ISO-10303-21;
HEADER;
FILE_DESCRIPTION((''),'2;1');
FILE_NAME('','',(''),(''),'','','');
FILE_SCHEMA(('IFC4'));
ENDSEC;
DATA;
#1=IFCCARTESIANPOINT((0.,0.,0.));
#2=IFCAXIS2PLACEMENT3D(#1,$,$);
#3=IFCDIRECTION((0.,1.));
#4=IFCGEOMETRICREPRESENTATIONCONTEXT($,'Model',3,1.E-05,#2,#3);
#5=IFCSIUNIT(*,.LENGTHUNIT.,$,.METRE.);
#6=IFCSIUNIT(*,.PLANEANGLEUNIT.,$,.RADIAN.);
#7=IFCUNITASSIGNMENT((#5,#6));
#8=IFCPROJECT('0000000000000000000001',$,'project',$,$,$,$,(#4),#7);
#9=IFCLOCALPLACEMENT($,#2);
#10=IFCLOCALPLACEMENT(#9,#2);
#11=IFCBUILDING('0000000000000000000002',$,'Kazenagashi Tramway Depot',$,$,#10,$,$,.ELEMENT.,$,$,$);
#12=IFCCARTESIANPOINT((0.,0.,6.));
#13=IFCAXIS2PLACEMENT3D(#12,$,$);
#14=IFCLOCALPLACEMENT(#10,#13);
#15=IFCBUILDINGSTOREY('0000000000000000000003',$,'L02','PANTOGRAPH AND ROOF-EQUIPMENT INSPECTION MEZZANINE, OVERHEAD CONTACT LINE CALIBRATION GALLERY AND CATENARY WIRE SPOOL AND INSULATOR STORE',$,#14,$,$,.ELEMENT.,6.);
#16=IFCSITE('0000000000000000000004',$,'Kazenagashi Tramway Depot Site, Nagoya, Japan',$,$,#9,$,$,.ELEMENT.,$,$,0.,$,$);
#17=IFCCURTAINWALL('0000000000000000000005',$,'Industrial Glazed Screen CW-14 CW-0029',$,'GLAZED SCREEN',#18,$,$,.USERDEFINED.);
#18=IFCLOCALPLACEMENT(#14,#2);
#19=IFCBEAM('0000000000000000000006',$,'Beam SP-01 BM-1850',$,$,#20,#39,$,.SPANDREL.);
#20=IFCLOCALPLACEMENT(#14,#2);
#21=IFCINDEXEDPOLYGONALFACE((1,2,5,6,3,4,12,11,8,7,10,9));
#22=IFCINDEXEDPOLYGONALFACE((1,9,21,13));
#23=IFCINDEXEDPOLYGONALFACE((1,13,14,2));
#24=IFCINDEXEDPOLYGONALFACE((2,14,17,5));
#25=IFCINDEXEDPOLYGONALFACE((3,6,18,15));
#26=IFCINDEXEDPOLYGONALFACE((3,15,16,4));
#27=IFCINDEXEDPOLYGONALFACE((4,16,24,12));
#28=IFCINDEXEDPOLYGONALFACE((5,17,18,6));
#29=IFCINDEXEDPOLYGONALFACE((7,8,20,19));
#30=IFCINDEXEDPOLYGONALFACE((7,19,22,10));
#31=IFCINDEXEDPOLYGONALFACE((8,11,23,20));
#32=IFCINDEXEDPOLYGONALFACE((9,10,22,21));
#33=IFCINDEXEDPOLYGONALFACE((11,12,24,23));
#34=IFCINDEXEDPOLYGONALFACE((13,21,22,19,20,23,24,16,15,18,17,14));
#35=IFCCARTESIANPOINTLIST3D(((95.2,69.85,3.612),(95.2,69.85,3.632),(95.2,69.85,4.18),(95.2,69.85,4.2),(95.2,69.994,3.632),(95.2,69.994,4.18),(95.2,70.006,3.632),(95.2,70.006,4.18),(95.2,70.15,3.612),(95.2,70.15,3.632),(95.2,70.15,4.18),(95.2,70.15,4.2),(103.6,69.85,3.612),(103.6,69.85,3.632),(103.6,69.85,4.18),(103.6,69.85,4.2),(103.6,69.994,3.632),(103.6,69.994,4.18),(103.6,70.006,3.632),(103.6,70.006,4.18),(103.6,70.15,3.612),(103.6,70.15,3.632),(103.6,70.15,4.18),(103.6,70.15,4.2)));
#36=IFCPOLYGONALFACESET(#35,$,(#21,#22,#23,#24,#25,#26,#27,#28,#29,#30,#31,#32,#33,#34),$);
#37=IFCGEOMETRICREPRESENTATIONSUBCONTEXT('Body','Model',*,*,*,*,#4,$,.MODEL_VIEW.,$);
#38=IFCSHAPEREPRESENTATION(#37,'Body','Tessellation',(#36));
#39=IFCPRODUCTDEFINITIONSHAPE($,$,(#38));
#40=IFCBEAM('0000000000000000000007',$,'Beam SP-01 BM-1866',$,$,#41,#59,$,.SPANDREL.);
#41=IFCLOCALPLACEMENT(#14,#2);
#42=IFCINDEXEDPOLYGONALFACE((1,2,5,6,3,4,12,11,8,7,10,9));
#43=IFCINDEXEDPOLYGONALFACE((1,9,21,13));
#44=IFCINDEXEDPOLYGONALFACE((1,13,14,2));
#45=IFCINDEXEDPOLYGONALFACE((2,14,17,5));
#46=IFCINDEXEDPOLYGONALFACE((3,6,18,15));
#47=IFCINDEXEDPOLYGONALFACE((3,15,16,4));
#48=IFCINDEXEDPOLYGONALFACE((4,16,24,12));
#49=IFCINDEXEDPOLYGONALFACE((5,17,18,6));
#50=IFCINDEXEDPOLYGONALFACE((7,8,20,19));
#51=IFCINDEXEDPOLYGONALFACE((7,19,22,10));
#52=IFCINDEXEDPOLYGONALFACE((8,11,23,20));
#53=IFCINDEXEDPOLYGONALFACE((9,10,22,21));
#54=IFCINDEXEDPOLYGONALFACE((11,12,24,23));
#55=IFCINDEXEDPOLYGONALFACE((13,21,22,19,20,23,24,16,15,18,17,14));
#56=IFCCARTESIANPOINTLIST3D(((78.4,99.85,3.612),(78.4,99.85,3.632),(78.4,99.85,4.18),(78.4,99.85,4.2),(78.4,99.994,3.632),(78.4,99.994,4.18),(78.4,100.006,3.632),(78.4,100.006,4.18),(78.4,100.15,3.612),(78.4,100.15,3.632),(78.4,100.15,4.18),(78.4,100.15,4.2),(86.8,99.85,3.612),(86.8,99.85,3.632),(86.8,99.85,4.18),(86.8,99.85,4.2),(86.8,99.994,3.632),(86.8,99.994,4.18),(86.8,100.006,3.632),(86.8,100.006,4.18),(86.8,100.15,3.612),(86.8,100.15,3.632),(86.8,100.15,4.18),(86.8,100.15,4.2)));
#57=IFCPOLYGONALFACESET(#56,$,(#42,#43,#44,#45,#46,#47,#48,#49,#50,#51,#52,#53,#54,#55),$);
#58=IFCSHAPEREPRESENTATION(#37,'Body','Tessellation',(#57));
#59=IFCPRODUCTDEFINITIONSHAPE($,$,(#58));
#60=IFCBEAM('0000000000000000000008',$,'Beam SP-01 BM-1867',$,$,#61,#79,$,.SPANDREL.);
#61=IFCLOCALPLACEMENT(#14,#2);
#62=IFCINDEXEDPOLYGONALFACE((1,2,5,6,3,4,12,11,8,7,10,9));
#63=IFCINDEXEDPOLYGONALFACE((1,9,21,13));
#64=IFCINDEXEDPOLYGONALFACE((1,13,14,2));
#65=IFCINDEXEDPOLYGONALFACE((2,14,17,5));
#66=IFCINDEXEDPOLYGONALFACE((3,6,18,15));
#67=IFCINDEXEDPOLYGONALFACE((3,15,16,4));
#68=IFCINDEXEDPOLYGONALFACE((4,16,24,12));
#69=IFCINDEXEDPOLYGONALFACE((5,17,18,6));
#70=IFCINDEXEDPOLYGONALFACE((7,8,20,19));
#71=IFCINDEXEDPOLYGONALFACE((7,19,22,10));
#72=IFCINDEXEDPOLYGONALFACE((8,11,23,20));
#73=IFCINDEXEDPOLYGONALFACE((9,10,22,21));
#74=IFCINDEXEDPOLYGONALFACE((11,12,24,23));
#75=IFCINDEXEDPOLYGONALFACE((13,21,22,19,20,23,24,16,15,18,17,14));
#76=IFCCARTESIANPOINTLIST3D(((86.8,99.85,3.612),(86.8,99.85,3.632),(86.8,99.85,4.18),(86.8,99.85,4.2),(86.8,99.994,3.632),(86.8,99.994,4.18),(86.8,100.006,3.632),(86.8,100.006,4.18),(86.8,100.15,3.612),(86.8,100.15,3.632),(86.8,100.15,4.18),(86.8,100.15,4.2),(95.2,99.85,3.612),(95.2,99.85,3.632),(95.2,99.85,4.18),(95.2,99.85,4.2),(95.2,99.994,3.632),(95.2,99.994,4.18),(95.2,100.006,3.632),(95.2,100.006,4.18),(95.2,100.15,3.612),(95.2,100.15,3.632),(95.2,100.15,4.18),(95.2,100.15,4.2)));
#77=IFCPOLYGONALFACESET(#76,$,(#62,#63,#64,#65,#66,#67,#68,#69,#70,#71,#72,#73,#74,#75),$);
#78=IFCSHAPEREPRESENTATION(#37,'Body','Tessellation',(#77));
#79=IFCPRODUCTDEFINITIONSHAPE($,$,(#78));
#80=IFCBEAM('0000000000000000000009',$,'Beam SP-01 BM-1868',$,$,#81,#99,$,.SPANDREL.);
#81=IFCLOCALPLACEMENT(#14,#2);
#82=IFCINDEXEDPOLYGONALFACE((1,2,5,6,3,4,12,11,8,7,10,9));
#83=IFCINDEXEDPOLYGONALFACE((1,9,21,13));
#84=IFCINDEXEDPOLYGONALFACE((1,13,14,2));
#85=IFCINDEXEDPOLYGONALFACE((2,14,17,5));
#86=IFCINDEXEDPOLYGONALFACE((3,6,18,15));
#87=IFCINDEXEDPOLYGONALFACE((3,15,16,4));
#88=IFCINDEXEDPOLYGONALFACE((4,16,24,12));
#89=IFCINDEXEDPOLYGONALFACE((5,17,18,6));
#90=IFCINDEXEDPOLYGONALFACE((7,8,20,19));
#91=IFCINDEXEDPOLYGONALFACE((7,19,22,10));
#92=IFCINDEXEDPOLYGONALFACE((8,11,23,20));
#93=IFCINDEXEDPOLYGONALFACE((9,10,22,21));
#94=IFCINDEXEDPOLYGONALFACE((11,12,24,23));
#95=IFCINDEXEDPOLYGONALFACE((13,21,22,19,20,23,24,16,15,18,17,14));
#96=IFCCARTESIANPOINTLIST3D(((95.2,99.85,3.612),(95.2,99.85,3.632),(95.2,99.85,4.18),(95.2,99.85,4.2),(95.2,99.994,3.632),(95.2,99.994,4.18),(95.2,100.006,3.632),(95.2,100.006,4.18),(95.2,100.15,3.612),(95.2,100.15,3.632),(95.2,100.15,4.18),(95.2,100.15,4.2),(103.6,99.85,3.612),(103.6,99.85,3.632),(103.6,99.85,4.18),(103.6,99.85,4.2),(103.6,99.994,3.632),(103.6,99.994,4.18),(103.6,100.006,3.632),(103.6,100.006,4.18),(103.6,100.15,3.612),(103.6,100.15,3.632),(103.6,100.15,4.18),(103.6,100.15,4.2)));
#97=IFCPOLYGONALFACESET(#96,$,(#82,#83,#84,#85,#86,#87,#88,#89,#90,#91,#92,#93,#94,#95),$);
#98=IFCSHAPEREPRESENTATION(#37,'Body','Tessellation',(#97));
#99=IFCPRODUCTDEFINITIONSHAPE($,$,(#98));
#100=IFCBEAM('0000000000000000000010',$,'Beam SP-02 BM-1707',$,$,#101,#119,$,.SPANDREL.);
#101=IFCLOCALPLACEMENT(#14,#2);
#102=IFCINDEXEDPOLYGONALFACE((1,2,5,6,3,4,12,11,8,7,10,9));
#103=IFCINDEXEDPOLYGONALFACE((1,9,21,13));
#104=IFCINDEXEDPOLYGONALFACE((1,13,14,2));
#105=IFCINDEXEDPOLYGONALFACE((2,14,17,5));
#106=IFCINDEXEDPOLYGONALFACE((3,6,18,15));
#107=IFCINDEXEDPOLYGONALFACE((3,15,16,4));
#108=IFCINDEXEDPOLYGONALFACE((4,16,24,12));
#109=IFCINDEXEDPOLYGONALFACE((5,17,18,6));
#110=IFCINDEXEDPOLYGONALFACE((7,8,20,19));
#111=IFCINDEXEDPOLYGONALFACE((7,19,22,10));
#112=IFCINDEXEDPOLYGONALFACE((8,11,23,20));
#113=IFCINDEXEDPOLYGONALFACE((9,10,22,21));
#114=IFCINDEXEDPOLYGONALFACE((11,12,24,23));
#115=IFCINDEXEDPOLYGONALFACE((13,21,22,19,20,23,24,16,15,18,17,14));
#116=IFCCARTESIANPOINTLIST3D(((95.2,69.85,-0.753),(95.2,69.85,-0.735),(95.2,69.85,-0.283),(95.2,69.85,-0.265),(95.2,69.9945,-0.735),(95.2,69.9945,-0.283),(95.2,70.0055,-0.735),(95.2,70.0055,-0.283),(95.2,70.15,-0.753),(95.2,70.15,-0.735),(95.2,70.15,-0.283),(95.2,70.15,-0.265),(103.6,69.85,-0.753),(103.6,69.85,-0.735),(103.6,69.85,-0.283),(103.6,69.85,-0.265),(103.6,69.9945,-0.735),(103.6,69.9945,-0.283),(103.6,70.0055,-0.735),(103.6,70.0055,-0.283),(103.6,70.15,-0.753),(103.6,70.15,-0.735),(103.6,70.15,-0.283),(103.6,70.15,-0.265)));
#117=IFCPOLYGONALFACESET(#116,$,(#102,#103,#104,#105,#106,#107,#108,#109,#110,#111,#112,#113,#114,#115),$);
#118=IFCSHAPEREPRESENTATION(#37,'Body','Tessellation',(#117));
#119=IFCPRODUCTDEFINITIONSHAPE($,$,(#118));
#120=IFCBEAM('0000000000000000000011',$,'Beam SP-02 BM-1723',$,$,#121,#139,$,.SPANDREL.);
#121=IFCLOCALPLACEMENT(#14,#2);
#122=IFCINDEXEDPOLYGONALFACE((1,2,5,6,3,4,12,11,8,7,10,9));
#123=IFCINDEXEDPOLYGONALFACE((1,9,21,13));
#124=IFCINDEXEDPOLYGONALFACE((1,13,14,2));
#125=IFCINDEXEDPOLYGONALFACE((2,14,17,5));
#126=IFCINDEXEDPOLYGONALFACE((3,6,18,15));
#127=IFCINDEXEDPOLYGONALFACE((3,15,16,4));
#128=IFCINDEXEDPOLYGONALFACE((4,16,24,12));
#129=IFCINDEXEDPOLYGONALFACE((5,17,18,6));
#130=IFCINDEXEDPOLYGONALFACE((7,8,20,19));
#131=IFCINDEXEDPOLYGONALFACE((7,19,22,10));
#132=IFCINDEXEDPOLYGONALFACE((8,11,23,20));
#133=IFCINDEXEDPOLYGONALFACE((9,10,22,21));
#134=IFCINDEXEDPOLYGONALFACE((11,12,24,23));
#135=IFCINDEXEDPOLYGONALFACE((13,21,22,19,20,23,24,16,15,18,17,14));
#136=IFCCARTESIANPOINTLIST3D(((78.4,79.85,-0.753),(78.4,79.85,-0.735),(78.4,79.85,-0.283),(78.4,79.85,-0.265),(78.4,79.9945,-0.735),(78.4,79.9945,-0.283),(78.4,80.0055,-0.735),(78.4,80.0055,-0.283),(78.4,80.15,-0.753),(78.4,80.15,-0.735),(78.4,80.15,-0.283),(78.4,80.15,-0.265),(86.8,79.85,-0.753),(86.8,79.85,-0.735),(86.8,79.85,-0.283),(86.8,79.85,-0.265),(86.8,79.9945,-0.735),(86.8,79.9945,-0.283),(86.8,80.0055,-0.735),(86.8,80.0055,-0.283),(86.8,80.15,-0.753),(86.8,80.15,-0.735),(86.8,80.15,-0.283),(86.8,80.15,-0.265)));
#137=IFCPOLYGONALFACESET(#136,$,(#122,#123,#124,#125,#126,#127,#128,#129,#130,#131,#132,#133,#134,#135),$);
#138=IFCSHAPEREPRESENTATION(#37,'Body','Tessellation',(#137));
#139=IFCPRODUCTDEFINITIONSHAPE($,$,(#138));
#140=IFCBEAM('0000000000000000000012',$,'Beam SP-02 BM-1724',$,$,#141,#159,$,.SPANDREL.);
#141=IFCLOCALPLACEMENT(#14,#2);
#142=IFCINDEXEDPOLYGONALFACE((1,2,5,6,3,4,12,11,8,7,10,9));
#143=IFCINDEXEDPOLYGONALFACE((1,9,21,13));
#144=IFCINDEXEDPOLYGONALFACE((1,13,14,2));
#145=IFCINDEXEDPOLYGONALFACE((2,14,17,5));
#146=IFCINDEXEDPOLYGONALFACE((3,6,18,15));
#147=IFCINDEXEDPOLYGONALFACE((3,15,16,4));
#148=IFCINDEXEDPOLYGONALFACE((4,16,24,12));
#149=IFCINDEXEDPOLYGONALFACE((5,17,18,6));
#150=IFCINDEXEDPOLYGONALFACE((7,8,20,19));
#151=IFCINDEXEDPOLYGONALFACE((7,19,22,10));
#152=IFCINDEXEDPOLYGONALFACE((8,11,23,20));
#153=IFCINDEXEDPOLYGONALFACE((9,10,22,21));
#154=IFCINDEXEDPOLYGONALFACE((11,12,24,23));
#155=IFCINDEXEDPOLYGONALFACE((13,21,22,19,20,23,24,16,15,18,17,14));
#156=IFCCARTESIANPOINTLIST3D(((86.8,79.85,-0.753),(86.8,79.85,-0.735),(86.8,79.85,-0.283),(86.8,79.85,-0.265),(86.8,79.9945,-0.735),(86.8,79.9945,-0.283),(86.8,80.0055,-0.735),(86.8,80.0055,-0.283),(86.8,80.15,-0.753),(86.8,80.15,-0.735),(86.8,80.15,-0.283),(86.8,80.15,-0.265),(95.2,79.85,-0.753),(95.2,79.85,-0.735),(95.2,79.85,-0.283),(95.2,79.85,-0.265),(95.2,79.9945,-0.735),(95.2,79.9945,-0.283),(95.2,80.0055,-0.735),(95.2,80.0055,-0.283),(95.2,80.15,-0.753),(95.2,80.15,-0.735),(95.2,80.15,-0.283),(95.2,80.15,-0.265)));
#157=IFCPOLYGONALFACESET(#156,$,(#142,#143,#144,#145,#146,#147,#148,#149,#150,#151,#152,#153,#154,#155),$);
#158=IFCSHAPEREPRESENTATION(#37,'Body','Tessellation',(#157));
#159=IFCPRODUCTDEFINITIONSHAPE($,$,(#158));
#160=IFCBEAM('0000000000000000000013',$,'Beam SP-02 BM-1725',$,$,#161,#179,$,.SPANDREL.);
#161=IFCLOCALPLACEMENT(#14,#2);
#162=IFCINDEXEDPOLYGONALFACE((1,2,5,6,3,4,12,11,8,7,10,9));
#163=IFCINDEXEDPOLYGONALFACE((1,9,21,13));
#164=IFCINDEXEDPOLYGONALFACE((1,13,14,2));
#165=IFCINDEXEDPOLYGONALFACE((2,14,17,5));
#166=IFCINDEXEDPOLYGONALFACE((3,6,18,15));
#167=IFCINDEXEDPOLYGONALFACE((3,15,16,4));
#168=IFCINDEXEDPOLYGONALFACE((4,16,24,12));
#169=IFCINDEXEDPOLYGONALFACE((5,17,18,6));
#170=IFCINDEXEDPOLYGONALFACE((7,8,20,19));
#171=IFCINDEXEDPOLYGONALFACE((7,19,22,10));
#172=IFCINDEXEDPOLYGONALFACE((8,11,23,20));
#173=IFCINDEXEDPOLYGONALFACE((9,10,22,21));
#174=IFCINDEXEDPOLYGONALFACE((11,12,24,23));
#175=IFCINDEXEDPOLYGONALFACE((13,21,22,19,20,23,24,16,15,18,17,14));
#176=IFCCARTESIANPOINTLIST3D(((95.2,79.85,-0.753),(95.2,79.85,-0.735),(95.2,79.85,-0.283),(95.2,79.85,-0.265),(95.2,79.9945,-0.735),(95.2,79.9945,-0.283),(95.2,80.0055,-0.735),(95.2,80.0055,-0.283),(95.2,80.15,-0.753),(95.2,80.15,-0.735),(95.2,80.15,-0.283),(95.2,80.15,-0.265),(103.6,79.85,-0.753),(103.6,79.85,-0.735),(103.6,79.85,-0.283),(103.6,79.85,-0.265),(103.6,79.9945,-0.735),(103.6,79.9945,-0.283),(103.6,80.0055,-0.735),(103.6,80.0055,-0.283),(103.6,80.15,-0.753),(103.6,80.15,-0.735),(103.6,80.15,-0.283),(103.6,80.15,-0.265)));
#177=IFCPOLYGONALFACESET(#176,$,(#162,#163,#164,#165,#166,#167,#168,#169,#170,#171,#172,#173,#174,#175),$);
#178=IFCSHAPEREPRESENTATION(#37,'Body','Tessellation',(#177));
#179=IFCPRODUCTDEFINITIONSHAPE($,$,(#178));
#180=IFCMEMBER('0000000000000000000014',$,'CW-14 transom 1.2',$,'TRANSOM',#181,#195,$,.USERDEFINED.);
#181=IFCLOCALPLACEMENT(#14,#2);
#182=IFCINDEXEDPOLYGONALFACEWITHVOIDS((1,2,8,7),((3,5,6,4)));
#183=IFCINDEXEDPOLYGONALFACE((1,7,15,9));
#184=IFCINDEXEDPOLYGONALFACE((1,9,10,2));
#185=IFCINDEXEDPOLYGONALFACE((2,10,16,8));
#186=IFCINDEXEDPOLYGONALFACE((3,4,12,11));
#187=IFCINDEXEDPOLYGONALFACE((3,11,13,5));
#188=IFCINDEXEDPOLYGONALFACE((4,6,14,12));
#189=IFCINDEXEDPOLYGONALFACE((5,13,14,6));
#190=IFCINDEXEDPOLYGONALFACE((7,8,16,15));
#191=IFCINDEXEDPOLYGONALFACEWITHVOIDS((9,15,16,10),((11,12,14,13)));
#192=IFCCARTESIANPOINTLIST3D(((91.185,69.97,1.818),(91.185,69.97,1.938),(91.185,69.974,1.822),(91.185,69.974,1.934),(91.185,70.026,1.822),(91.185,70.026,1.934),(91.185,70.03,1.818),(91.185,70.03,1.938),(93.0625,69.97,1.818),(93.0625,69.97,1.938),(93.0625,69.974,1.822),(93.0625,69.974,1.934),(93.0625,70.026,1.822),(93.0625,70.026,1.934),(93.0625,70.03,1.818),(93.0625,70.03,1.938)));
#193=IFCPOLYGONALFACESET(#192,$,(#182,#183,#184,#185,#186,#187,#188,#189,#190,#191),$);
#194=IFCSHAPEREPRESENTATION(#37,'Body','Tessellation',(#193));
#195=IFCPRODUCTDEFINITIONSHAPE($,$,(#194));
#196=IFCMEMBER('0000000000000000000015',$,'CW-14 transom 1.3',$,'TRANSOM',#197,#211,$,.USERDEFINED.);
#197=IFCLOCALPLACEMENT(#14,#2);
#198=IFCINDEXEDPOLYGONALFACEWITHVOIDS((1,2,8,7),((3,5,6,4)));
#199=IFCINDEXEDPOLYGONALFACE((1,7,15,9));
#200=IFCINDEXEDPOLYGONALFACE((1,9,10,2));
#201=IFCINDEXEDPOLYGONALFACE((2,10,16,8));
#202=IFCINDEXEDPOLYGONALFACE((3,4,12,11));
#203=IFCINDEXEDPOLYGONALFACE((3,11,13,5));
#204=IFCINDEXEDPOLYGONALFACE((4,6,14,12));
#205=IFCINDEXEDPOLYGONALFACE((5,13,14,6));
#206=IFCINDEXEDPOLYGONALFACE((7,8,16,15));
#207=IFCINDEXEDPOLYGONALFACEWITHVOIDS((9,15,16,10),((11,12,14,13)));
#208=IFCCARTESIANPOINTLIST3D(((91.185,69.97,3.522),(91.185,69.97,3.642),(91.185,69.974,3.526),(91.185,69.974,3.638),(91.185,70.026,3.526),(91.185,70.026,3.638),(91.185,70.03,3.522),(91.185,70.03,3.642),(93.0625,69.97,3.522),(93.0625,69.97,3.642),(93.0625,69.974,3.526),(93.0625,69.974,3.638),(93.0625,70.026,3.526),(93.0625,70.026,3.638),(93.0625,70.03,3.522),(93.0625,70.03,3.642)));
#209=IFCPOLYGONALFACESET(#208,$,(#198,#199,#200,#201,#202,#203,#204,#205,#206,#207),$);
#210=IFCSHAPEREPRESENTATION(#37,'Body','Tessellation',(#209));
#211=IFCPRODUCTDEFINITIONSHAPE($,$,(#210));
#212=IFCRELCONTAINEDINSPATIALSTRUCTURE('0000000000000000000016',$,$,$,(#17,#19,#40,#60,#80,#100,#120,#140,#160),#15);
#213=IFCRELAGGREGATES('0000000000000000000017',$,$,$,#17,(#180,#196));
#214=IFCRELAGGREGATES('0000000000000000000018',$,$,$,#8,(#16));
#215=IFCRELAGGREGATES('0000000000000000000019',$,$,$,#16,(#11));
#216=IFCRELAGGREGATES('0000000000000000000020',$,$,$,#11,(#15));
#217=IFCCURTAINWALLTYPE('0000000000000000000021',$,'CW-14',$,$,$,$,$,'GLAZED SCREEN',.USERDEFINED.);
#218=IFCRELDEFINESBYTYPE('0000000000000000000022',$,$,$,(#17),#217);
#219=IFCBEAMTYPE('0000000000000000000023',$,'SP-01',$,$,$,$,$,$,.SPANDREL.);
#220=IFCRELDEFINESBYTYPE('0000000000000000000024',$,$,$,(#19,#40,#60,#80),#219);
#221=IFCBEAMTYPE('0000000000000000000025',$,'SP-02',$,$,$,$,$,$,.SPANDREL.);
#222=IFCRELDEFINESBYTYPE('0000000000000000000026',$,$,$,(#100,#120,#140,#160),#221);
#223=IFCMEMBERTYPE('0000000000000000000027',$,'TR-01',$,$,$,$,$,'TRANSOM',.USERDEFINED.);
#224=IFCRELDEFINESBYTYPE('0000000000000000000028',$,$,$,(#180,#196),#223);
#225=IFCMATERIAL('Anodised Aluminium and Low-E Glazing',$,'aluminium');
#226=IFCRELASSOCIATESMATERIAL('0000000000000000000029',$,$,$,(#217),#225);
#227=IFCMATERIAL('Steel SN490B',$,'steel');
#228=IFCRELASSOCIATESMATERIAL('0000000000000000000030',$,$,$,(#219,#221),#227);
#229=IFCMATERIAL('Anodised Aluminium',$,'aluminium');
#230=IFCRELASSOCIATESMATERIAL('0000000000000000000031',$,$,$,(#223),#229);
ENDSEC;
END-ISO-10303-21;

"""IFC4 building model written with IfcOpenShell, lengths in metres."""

from ifc_helpers import new_model, si_unit, direction, frame, origin, origin_2d, place, context, subcontext, project, spatial, hollow_rectangle, i_section, extrude, material, material_profile, profile_set, type_object, element, aggregate, save


model = new_model("IFC4")

# Units and contexts
model_context = context("Model", 3, precision=1e-05, world=origin(), true_north=direction((0.0, 1.0)))
body_context = subcontext(model_context, "Body", "Model", "MODEL_VIEW")
ifc_project = project(units=[si_unit("LENGTHUNIT", "METRE"), si_unit("PLANEANGLEUNIT", "RADIAN")], contexts=[model_context])

# Site, building, storey
site_placement = place(None, origin())
site = spatial("IfcSite", under=ifc_project, at=site_placement, Name="Kazenagashi Tramway Depot Site, Nagoya, Japan", CompositionType="ELEMENT", RefElevation=0.0)
building_placement = place(site_placement, origin())
building = spatial("IfcBuilding", under=site, at=building_placement, Name="Kazenagashi Tramway Depot", CompositionType="ELEMENT")
storey_placement = place(building_placement, frame((0.0, 0.0, 6.0)))
storey = spatial("IfcBuildingStorey", under=building, at=storey_placement, Name="L02", Description="PANTOGRAPH AND ROOF-EQUIPMENT INSPECTION MEZZANINE, OVERHEAD CONTACT LINE CALIBRATION GALLERY AND CATENARY WIRE SPOOL AND INSULATOR STORE", CompositionType="ELEMENT", Elevation=6.0)

# Shared definitions
ifc_material_1 = material(Name="Steel SN490B", Category="steel")

# Curtain wall
ifc_material_2 = material(Name="Anodised Aluminium and Low-E Glazing", Category="aluminium")
curtain_wall_type = type_object("IfcCurtainWallType", Name="CW-14", ElementType="GLAZED SCREEN", PredefinedType="USERDEFINED", material=ifc_material_2)
curtain_wall_placement = place(storey_placement, origin())
curtain_wall = element("IfcCurtainWall", 1, at=curtain_wall_placement, inside=storey, type_object=curtain_wall_type, Name="Industrial Glazed Screen CW-14 CW-0029", ObjectType="GLAZED SCREEN", PredefinedType="USERDEFINED")
ifc_material_3 = material(Name="Anodised Aluminium", Category="aluminium")

# Beams
ifc_material_profile_1 = material_profile(ifc_material_1, i_section(OverallWidth=0.3, OverallDepth=0.588, WebThickness=0.012, FlangeThickness=0.02, at=origin_2d()), Name="H-588x300x12x20")
ifc_profile_set_1 = profile_set([ifc_material_profile_1], Name="Steel SN490B")
beam_type_1 = type_object("IfcBeamType", Name="SP-01", PredefinedType="SPANDREL", material=ifc_profile_set_1)
for number, where, z_axis, x_axis, name in (
    (2, (95.2, 70.0, 3.906), (1.0, 0.0, 0.0), (0.0, 1.0, 0.0), "Beam SP-01 BM-1850"),
    (3, (78.4, 100.0, 3.906), (1.0, 0.0, 0.0), (0.0, 1.0, 0.0), "Beam SP-01 BM-1866"),
    (4, (86.8, 100.0, 3.906), (1.0, 0.0, 0.0), (0.0, 1.0, 0.0), "Beam SP-01 BM-1867"),
    (5, (95.2, 100.0, 3.906), (1.0, 0.0, 0.0), (0.0, 1.0, 0.0), "Beam SP-01 BM-1868"),
):
    element("IfcBeam", number, at=place(storey_placement, frame(where, z_axis=z_axis, x_axis=x_axis)), inside=storey, type_object=beam_type_1, Name=name, PredefinedType="SPANDREL", context=body_context, shape_type="SweptSolid", body=[
        extrude(i_section(OverallWidth=0.3, OverallDepth=0.588, WebThickness=0.012, FlangeThickness=0.02, at=origin_2d()), origin(), (0.0, 0.0, 1.0), 8.4),
    ])
ifc_material_profile_2 = material_profile(ifc_material_1, i_section(OverallWidth=0.3, OverallDepth=0.488, WebThickness=0.011, FlangeThickness=0.018, at=origin_2d()), Name="H-488x300x11x18")
ifc_profile_set_2 = profile_set([ifc_material_profile_2], Name="Steel SN490B")
beam_type_2 = type_object("IfcBeamType", Name="SP-02", PredefinedType="SPANDREL", material=ifc_profile_set_2)
for number, where, z_axis, x_axis, name in (
    (6, (95.2, 70.0, -0.509), (1.0, 0.0, 0.0), (0.0, 1.0, 0.0), "Beam SP-02 BM-1707"),
    (7, (78.4, 80.0, -0.509), (1.0, 0.0, 0.0), (0.0, 1.0, 0.0), "Beam SP-02 BM-1723"),
    (8, (86.8, 80.0, -0.509), (1.0, 0.0, 0.0), (0.0, 1.0, 0.0), "Beam SP-02 BM-1724"),
    (9, (95.2, 80.0, -0.509), (1.0, 0.0, 0.0), (0.0, 1.0, 0.0), "Beam SP-02 BM-1725"),
):
    element("IfcBeam", number, at=place(storey_placement, frame(where, z_axis=z_axis, x_axis=x_axis)), inside=storey, type_object=beam_type_2, Name=name, PredefinedType="SPANDREL", context=body_context, shape_type="SweptSolid", body=[
        extrude(i_section(OverallWidth=0.3, OverallDepth=0.488, WebThickness=0.011, FlangeThickness=0.018, at=origin_2d()), origin(), (0.0, 0.0, 1.0), 8.4),
    ])

# Members
ifc_material_profile_3 = material_profile(ifc_material_3, hollow_rectangle(XDim=0.06, YDim=0.12, WallThickness=0.004, at=origin_2d()), Name="RHS-120x60x4")
ifc_profile_set_3 = profile_set([ifc_material_profile_3], Name="Anodised Aluminium")
member_type_1 = type_object("IfcMemberType", Name="TR-01", ElementType="TRANSOM", PredefinedType="USERDEFINED", material=ifc_profile_set_3)
member_1_placement = place(storey_placement, frame((91.185, 70.0, 1.878), z_axis=(1.0, 0.0, 0.0), x_axis=(0.0, 1.0, 0.0)))
member_1 = element("IfcMember", 10, at=member_1_placement, type_object=member_type_1, Name="CW-14 transom 1.2", ObjectType="TRANSOM", PredefinedType="USERDEFINED", context=body_context, shape_type="SweptSolid", body=[
    extrude(hollow_rectangle(XDim=0.06, YDim=0.12, WallThickness=0.004, at=origin_2d()), origin(), (0.0, 0.0, 1.0), 1.8775),
])
member_2_placement = place(storey_placement, frame((91.185, 70.0, 3.582), z_axis=(1.0, 0.0, 0.0), x_axis=(0.0, 1.0, 0.0)))
member_2 = element("IfcMember", 11, at=member_2_placement, type_object=member_type_1, Name="CW-14 transom 1.3", ObjectType="TRANSOM", PredefinedType="USERDEFINED", context=body_context, shape_type="SweptSolid", body=[
    extrude(hollow_rectangle(XDim=0.06, YDim=0.12, WallThickness=0.004, at=origin_2d()), origin(), (0.0, 0.0, 1.0), 1.8775),
])

aggregate(curtain_wall, [member_1, member_2])

save(model, "model.ifc")
